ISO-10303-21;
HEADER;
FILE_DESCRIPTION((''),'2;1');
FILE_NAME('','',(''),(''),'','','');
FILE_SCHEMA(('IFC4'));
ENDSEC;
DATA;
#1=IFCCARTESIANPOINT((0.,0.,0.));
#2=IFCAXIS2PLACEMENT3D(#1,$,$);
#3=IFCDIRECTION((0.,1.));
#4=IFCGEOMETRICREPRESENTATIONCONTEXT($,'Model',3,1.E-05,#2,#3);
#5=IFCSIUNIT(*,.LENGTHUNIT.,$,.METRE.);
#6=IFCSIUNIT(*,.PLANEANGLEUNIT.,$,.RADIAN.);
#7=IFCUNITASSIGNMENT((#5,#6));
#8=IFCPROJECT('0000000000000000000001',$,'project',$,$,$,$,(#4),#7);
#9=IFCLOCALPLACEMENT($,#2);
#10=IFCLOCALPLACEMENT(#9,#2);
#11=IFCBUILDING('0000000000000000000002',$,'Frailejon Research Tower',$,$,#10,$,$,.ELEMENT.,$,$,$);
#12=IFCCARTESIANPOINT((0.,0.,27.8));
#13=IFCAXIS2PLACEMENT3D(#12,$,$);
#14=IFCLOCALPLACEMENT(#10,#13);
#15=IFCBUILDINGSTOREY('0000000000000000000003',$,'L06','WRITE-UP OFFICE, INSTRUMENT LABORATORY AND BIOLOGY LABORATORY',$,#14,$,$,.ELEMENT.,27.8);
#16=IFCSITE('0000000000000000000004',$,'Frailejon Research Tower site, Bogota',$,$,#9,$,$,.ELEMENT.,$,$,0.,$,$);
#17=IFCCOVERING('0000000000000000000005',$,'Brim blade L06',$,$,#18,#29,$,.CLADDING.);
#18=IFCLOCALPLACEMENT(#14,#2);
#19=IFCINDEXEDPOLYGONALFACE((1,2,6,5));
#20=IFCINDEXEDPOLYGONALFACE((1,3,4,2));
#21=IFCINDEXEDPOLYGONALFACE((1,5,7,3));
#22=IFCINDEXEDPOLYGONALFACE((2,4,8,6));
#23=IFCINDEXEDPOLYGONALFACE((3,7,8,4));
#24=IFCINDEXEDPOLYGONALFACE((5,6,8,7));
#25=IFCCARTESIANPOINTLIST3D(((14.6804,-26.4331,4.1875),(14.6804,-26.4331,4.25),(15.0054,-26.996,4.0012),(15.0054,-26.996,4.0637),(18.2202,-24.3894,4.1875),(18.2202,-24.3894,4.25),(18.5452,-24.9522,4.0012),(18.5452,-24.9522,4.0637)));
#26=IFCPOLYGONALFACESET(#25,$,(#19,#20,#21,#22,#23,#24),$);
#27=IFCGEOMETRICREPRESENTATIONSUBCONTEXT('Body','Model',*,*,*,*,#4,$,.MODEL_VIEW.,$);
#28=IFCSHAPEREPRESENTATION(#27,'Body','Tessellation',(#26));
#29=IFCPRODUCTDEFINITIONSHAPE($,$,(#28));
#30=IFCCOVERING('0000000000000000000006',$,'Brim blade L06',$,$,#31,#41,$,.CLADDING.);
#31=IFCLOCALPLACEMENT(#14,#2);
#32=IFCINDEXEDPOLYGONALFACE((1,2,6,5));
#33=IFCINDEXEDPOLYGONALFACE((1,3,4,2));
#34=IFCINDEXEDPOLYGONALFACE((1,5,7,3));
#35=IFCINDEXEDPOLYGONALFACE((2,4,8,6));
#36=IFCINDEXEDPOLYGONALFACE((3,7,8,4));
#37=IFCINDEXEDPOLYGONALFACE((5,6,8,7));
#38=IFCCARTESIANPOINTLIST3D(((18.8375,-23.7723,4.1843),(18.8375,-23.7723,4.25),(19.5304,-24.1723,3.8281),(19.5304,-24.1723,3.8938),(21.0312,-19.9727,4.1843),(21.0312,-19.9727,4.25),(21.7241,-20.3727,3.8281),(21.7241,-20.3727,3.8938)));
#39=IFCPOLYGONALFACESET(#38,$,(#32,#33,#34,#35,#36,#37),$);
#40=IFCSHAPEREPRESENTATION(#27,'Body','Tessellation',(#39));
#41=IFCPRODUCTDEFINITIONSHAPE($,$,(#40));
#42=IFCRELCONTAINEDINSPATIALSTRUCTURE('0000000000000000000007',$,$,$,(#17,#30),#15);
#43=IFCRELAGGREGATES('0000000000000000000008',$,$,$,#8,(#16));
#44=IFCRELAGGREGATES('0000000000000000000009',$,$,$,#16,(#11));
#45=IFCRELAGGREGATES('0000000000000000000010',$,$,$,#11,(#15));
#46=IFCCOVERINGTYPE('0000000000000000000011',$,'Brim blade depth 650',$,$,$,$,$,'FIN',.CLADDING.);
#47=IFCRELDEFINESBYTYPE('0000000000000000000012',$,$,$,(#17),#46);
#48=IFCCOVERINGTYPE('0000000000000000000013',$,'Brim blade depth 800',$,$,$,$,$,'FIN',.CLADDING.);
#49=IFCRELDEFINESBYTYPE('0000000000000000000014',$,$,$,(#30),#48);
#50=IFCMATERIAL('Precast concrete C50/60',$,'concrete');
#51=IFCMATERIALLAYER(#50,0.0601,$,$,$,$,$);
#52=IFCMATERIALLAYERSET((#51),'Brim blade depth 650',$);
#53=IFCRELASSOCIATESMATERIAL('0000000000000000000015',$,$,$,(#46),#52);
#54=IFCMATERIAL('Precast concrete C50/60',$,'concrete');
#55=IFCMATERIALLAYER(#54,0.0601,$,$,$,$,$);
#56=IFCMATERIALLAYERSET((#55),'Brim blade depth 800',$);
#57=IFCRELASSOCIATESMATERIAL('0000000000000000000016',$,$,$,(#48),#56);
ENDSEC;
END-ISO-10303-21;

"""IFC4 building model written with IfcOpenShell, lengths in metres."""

from ifc_helpers import new_model, si_unit, direction, frame, origin, place, context, subcontext, project, spatial, polyline, outline, extrude, material, layer, layer_set, type_object, element, save


model = new_model("IFC4")

# Units and contexts
model_context = context("Model", 3, precision=1e-05, world=origin(), true_north=direction((0.0, 1.0)))
body_context = subcontext(model_context, "Body", "Model", "MODEL_VIEW")
ifc_project = project(units=[si_unit("LENGTHUNIT", "METRE"), si_unit("PLANEANGLEUNIT", "RADIAN")], contexts=[model_context])

# Site, building, storey
site_placement = place(None, origin())
site = spatial("IfcSite", under=ifc_project, at=site_placement, Name="Frailejon Research Tower site, Bogota", CompositionType="ELEMENT", RefElevation=0.0)
building_placement = place(site_placement, origin())
building = spatial("IfcBuilding", under=site, at=building_placement, Name="Frailejon Research Tower", CompositionType="ELEMENT")
storey_placement = place(building_placement, frame((0.0, 0.0, 27.8)))
storey = spatial("IfcBuildingStorey", under=building, at=storey_placement, Name="L06", Description="WRITE-UP OFFICE, INSTRUMENT LABORATORY AND BIOLOGY LABORATORY", CompositionType="ELEMENT", Elevation=27.8)

# Coverings
ifc_material_1 = material(Name="Precast concrete C50/60", Category="concrete")
ifc_layer_1 = layer(ifc_material_1, 0.0601)
ifc_layer_set_1 = layer_set([ifc_layer_1], Name="Brim blade depth 650")
covering_type_1 = type_object("IfcCoveringType", Name="Brim blade depth 650", ElementType="FIN", PredefinedType="CLADDING", material=ifc_layer_set_1)
covering_1_placement = place(storey_placement, frame((18.2202, -24.3894, 4.25), z_axis=(-0.866021, -0.500007, 0.0), x_axis=(0.500007, -0.866021, 0.0)))
element("IfcCovering", 1, at=covering_1_placement, inside=storey, type_object=covering_type_1, Name="Brim blade L06", PredefinedType="CLADDING", context=body_context, shape_type="SweptSolid", body=[
    extrude(outline(polyline([(0.0, -0.0625), (0.6499, -0.2488), (0.6499, -0.1863), (0.0, 0.0), (0.0, -0.0625)])), origin(), (0.0, 0.0, 1.0), 4.0874),
])
ifc_material_2 = material(Name="Precast concrete C50/60", Category="concrete")
ifc_layer_2 = layer(ifc_material_2, 0.0601)
ifc_layer_set_2 = layer_set([ifc_layer_2], Name="Brim blade depth 800")
covering_type_2 = type_object("IfcCoveringType", Name="Brim blade depth 800", ElementType="FIN", PredefinedType="CLADDING", material=ifc_layer_set_2)
covering_2_placement = place(storey_placement, frame((21.0312, -19.9727, 4.25), z_axis=(-0.5, -0.866025, 0.0), x_axis=(0.866025, -0.5, 0.0)))
element("IfcCovering", 2, at=covering_2_placement, inside=storey, type_object=covering_type_2, Name="Brim blade L06", PredefinedType="CLADDING", context=body_context, shape_type="SweptSolid", body=[
    extrude(outline(polyline([(0.0, -0.0657), (0.8, -0.4219), (0.8, -0.3562), (0.0, 0.0), (0.0, -0.0657)])), origin(), (0.0, 0.0, 1.0), 4.3875),
])

save(model, "model.ifc")
